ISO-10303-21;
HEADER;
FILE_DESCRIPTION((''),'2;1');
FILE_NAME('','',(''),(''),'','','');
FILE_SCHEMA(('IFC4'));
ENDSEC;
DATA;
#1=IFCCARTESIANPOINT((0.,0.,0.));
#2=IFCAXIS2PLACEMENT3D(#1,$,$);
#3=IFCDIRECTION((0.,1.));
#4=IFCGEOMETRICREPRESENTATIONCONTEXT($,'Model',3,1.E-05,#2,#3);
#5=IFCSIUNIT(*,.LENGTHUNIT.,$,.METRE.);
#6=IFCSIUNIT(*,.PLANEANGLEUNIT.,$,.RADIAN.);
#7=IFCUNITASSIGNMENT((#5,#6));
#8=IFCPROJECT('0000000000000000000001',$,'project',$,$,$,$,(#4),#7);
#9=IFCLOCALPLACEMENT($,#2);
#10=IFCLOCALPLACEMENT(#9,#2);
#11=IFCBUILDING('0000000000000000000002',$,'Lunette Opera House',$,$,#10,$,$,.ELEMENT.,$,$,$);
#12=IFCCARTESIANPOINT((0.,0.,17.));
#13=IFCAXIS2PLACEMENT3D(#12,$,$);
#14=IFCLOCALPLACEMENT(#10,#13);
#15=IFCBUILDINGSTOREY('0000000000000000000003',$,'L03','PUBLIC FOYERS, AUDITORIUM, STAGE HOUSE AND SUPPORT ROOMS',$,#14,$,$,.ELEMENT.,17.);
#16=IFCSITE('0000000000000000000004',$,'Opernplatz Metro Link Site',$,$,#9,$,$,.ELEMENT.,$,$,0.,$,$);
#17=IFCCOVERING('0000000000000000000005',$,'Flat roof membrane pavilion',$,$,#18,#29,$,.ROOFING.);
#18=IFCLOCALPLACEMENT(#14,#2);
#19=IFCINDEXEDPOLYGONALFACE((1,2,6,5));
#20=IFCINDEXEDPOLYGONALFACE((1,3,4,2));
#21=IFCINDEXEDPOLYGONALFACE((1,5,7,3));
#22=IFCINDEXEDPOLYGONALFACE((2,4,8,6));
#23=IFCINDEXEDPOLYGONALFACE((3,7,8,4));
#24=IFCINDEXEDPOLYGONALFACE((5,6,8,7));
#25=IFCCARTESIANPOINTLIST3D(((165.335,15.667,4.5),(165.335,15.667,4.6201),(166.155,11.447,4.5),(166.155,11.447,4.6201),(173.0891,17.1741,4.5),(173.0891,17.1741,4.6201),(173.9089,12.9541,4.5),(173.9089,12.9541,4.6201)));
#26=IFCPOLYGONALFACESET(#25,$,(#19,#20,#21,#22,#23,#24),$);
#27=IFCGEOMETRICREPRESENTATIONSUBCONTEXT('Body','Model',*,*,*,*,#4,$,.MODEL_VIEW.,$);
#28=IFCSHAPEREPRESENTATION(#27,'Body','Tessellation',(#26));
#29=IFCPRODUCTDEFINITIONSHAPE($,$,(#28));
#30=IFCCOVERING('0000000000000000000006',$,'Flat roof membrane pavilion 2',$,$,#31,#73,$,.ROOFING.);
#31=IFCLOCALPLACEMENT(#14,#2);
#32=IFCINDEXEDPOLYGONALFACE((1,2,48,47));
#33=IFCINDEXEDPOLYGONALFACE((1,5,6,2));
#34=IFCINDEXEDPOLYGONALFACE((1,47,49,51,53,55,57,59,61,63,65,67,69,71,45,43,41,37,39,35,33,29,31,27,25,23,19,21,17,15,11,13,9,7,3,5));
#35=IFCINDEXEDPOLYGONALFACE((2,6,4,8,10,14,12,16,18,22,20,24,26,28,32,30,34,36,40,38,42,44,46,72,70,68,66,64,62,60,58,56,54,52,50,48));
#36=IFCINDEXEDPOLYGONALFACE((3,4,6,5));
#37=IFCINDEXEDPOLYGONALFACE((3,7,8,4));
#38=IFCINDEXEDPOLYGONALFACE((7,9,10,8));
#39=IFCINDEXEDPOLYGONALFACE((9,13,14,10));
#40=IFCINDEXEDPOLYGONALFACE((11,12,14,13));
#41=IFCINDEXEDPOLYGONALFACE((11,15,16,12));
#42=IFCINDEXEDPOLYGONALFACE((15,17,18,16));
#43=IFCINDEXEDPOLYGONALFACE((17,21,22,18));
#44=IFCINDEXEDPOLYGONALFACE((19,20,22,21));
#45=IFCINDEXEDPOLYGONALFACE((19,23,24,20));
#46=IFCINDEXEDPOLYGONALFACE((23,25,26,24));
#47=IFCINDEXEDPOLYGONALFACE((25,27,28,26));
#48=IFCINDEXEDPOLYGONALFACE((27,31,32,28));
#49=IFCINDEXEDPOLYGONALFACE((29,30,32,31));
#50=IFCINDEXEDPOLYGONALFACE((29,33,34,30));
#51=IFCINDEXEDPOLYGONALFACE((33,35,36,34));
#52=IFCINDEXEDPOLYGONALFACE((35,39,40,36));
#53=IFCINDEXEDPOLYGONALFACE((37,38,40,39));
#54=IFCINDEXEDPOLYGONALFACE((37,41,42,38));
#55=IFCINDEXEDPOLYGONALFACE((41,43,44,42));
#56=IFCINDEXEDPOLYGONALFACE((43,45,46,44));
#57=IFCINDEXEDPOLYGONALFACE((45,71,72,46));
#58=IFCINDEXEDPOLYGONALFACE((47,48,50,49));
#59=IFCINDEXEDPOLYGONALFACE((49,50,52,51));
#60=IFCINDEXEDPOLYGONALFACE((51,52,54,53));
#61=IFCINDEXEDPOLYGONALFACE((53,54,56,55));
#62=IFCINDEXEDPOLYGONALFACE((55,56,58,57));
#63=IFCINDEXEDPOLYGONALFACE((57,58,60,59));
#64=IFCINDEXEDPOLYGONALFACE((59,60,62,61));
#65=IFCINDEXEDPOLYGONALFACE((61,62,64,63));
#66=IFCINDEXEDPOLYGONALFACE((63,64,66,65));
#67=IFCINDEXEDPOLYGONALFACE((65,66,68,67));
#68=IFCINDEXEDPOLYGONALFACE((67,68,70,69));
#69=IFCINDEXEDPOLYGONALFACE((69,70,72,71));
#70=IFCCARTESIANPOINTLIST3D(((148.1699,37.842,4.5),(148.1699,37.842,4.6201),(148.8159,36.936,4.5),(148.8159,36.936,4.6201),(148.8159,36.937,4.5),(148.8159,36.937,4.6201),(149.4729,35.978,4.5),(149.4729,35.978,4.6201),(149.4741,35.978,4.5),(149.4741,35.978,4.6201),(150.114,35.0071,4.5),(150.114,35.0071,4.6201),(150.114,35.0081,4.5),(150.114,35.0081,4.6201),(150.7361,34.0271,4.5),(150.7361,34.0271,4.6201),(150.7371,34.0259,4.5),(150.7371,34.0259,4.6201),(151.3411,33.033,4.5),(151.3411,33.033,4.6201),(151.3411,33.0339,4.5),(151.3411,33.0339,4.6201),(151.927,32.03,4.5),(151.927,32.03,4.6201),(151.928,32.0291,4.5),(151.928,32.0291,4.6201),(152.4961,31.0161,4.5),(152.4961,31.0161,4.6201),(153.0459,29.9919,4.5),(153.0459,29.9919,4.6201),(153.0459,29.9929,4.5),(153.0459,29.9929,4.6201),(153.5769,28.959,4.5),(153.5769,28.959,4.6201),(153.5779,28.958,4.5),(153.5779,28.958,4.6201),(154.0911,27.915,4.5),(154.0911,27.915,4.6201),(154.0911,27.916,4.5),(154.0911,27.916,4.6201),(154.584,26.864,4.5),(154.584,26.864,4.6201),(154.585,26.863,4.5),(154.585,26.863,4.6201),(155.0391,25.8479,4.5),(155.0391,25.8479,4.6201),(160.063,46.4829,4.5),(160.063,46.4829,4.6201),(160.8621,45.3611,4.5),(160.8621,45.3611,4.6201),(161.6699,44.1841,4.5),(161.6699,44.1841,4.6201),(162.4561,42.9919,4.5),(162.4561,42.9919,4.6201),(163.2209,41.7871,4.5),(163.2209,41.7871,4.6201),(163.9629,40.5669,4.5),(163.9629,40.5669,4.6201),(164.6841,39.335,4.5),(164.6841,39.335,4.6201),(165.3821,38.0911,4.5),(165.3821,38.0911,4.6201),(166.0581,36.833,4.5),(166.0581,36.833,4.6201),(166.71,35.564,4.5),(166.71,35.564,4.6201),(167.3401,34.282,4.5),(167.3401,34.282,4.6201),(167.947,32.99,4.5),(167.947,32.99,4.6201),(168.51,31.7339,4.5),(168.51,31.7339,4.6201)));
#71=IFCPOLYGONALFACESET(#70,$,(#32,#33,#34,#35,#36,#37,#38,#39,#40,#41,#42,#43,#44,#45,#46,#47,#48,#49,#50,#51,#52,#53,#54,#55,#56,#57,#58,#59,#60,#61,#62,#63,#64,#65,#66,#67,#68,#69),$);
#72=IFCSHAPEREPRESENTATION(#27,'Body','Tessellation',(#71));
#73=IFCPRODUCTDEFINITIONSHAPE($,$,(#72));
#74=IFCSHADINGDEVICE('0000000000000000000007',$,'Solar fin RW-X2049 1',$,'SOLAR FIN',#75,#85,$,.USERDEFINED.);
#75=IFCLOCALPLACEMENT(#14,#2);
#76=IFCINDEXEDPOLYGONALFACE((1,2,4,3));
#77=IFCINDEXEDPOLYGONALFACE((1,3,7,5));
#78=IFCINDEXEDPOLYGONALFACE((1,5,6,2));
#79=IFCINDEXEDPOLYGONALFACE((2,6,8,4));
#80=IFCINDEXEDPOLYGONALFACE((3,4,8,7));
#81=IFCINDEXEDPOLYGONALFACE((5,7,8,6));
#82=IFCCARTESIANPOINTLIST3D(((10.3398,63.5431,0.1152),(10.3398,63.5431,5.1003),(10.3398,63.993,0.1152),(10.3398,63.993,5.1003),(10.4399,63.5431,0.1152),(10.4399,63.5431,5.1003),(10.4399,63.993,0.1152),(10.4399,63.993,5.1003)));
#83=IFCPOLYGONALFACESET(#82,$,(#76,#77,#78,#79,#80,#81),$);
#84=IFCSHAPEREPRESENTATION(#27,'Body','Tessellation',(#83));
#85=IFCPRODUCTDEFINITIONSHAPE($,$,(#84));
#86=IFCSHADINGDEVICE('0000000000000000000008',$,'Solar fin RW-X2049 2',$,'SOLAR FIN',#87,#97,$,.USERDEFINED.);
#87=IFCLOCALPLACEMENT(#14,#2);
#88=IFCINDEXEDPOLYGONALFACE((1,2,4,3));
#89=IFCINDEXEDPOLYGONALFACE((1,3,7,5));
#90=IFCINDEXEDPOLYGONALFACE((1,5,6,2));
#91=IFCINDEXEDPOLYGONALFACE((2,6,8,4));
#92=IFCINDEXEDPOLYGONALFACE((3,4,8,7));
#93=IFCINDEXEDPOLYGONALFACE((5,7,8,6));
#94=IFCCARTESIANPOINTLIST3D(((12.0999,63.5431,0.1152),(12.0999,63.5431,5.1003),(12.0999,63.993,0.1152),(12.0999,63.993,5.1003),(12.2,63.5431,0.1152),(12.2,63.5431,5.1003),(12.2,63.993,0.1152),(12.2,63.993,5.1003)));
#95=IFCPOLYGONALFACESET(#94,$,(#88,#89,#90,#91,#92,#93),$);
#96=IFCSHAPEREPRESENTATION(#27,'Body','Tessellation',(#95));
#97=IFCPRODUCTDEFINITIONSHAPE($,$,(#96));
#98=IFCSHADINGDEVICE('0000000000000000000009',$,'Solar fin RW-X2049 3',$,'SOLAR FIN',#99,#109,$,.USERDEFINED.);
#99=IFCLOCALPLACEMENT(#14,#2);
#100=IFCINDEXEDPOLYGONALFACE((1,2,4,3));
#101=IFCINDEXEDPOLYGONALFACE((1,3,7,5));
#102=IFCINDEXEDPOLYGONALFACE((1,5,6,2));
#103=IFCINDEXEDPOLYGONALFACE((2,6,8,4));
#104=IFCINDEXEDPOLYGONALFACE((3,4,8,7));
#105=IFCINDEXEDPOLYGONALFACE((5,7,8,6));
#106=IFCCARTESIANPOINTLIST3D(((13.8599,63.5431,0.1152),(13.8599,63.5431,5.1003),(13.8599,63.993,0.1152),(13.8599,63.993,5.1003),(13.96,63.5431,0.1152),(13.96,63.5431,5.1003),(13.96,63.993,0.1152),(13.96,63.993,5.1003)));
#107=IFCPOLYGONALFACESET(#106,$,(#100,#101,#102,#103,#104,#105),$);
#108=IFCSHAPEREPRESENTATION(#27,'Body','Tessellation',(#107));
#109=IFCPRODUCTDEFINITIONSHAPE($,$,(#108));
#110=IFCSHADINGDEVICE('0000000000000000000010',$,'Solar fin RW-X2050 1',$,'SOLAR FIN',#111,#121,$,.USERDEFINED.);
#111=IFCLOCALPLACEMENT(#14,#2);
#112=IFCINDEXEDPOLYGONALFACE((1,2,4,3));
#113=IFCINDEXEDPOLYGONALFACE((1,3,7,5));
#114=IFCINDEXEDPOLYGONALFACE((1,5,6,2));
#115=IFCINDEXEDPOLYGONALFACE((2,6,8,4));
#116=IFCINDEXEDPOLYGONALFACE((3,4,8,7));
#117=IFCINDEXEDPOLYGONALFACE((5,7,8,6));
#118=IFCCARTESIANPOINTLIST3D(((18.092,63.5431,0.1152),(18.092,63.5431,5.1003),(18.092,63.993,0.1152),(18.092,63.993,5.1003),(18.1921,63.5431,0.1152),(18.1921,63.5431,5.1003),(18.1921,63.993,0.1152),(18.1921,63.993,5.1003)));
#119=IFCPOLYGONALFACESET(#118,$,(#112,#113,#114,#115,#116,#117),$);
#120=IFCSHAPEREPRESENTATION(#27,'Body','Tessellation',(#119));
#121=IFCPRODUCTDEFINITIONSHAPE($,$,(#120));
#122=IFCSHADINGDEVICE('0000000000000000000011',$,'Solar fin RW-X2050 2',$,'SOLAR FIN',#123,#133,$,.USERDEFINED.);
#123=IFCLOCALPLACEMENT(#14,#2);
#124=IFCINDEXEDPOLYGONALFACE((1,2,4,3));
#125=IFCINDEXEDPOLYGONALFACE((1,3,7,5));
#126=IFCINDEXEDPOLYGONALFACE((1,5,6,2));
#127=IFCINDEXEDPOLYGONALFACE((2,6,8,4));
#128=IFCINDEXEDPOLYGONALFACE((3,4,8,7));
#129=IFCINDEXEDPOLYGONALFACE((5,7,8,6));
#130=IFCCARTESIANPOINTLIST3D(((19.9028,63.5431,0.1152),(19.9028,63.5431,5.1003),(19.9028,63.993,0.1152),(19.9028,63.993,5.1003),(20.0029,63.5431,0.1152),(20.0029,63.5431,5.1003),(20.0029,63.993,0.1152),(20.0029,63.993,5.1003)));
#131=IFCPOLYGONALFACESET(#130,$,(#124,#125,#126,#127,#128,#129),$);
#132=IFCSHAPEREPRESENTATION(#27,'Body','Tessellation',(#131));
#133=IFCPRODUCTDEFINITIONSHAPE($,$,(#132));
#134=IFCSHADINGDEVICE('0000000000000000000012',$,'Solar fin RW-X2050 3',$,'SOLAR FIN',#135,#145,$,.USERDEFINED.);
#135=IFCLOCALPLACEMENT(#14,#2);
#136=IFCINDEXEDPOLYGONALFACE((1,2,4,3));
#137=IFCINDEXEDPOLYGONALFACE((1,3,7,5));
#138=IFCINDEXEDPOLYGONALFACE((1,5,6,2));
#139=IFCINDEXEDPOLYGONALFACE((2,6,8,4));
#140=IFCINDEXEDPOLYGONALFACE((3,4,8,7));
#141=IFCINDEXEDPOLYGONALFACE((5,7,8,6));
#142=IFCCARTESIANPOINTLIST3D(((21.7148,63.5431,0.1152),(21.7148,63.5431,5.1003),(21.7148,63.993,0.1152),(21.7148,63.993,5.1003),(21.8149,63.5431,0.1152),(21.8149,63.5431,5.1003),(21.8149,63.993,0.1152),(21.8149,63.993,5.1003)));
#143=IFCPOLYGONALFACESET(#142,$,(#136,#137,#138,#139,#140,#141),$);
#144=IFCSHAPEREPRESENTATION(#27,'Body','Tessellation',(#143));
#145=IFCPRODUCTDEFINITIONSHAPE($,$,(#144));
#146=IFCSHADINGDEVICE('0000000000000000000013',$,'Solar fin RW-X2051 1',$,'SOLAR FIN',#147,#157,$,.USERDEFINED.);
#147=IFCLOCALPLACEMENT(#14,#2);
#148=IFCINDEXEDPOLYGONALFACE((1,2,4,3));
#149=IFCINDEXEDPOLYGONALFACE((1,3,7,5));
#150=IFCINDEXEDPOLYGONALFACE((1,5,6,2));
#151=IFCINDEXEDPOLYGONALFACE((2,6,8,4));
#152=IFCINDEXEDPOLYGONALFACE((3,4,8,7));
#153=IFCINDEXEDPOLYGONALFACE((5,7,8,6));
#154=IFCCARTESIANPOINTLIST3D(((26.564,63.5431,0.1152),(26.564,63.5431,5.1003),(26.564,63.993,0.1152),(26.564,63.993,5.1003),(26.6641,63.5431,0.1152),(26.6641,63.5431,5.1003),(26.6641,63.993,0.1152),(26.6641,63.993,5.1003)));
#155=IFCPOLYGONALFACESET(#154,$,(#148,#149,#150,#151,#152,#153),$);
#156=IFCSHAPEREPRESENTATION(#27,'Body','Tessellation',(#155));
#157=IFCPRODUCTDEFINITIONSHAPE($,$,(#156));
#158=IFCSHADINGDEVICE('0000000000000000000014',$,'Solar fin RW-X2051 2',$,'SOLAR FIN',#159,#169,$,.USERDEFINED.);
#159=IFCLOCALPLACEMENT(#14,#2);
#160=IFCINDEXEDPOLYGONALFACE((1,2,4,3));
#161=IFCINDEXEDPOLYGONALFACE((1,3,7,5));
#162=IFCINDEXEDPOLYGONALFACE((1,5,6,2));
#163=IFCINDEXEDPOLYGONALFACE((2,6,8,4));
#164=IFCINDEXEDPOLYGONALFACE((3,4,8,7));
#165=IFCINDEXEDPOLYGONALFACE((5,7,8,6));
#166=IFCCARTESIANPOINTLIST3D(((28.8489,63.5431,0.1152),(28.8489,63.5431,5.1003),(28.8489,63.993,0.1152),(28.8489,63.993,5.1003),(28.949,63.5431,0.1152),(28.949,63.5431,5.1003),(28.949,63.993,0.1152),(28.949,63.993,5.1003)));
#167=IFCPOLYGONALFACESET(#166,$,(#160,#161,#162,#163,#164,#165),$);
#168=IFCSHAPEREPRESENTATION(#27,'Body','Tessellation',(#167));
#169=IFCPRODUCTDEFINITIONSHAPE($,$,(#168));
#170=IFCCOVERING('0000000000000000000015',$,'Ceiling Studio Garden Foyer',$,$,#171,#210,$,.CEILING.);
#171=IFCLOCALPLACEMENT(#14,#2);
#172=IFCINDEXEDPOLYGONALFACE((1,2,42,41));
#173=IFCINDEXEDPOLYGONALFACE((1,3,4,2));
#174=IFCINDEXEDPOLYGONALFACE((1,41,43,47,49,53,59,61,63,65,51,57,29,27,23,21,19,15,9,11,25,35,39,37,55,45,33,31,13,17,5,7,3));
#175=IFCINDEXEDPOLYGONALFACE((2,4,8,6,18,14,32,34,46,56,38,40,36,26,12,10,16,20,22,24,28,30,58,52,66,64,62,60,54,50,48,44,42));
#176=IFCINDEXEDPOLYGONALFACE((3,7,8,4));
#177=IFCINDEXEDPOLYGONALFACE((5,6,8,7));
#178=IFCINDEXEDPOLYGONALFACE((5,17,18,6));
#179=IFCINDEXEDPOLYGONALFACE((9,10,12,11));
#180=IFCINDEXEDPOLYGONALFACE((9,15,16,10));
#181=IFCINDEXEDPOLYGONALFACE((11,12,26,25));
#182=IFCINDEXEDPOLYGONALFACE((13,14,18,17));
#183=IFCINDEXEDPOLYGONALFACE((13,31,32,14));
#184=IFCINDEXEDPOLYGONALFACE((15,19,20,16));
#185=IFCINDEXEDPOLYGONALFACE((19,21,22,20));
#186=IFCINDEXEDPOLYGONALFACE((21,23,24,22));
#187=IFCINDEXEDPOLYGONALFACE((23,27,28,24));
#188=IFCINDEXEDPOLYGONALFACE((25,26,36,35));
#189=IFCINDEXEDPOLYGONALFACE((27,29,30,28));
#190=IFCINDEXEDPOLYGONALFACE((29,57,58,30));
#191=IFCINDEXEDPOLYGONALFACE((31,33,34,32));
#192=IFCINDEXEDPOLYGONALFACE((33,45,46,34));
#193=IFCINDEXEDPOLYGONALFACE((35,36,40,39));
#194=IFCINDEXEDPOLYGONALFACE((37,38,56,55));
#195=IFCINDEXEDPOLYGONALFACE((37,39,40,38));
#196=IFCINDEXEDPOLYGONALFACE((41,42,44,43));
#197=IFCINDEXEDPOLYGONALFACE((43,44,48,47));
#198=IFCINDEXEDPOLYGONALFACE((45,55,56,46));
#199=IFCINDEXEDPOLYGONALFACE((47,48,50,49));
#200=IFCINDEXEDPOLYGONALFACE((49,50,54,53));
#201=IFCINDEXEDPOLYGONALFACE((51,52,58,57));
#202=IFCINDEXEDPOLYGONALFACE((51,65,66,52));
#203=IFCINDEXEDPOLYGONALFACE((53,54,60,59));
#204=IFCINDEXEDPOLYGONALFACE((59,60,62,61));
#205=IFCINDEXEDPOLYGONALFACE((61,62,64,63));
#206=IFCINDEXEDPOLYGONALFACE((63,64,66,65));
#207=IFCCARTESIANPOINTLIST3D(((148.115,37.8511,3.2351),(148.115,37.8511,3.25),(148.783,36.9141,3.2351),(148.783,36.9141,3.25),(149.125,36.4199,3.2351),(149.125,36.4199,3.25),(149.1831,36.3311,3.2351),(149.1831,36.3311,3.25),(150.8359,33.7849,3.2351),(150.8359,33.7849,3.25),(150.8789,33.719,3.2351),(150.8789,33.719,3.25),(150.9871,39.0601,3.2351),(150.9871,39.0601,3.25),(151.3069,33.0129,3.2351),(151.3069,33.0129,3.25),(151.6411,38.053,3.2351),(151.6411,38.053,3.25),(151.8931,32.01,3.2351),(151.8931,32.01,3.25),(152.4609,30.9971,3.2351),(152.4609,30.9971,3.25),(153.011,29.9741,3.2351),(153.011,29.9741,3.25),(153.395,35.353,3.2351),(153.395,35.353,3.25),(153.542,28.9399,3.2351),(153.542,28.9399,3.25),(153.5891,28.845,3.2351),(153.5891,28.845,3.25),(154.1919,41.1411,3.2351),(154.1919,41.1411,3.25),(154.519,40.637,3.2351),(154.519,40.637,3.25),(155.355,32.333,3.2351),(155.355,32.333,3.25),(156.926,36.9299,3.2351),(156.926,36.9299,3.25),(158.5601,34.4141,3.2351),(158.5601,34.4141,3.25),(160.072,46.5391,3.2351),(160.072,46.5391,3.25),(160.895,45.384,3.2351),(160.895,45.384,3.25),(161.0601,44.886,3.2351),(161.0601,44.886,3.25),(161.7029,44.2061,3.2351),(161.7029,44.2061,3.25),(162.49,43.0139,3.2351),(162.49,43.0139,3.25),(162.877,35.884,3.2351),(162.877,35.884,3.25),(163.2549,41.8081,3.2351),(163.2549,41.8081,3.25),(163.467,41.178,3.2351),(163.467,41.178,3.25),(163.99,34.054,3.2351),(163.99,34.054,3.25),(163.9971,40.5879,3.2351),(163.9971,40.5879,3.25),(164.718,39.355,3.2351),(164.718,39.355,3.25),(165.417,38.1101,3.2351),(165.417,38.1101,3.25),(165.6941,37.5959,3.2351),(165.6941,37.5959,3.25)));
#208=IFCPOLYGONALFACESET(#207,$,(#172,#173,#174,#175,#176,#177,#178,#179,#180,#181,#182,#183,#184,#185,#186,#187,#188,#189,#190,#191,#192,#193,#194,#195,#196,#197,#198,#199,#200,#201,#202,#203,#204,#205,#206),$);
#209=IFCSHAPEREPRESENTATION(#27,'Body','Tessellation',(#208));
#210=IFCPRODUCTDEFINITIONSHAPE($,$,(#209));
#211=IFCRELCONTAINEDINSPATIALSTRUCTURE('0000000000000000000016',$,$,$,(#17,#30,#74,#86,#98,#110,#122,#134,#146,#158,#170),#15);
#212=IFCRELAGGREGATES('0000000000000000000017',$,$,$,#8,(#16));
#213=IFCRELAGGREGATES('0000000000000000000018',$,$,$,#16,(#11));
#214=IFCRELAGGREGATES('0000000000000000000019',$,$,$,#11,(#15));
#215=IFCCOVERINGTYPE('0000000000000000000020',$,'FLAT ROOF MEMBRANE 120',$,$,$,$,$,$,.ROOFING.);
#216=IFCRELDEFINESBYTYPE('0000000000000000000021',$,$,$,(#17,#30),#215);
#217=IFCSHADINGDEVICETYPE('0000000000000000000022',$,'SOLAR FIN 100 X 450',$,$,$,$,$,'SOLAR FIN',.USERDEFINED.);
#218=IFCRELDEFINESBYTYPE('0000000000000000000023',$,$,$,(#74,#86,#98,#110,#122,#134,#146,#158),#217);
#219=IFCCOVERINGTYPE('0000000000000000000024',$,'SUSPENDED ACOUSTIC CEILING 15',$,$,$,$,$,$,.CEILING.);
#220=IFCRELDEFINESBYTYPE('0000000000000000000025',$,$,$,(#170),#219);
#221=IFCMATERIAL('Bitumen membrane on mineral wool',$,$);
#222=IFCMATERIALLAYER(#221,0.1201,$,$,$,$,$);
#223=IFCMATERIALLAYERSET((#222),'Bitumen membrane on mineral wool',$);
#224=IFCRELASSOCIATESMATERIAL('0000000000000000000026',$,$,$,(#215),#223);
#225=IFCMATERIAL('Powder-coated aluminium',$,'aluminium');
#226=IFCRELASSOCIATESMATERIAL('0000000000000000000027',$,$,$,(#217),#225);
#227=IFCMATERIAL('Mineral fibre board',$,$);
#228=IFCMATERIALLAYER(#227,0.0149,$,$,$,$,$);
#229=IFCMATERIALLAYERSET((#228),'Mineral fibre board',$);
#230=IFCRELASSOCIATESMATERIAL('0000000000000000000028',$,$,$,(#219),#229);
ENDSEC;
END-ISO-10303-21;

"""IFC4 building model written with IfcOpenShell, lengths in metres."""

from ifc_helpers import new_model, si_unit, direction, frame, origin, origin_2d, place, context, subcontext, project, spatial, polyline, rectangle, outline, extrude, material, layer, layer_set, type_object, element, save


model = new_model("IFC4")

# Units and contexts
model_context = context("Model", 3, precision=1e-05, world=origin(), true_north=direction((0.0, 1.0)))
body_context = subcontext(model_context, "Body", "Model", "MODEL_VIEW")
ifc_project = project(units=[si_unit("LENGTHUNIT", "METRE"), si_unit("PLANEANGLEUNIT", "RADIAN")], contexts=[model_context])

# Site, building, storey
site_placement = place(None, origin())
site = spatial("IfcSite", under=ifc_project, at=site_placement, Name="Opernplatz Metro Link Site", CompositionType="ELEMENT", RefElevation=0.0)
building_placement = place(site_placement, origin())
building = spatial("IfcBuilding", under=site, at=building_placement, Name="Lunette Opera House", CompositionType="ELEMENT")
storey_placement = place(building_placement, frame((0.0, 0.0, 17.0)))
storey = spatial("IfcBuildingStorey", under=building, at=storey_placement, Name="L03", Description="PUBLIC FOYERS, AUDITORIUM, STAGE HOUSE AND SUPPORT ROOMS", CompositionType="ELEMENT", Elevation=17.0)

# Coverings
ifc_material_1 = material(Name="Bitumen membrane on mineral wool")
ifc_layer_1 = layer(ifc_material_1, 0.1201)
ifc_layer_set_1 = layer_set([ifc_layer_1], Name="Bitumen membrane on mineral wool")
covering_type_1 = type_object("IfcCoveringType", Name="FLAT ROOF MEMBRANE 120", PredefinedType="ROOFING", material=ifc_layer_set_1)
covering_1_placement = place(storey_placement, frame((0.0, 0.0, 4.5)))
element("IfcCovering", 1, at=covering_1_placement, inside=storey, type_object=covering_type_1, Name="Flat roof membrane pavilion", PredefinedType="ROOFING", context=body_context, shape_type="SweptSolid", body=[
    extrude(outline(polyline([(173.0891, 17.1741), (173.9089, 12.9541), (166.155, 11.447), (165.335, 15.667), (173.0891, 17.1741)])), origin(), (0.0, 0.0, 1.0), 0.1201),
])
covering_2_placement = place(storey_placement, frame((0.0, 0.0, 4.5)))
element("IfcCovering", 2, at=covering_2_placement, inside=storey, type_object=covering_type_1, Name="Flat roof membrane pavilion 2", PredefinedType="ROOFING", context=body_context, shape_type="SweptSolid", body=[
    extrude(outline(polyline([(160.8621, 45.3611), (161.6699, 44.1841), (162.4561, 42.9919), (163.2209, 41.7871), (163.9629, 40.5669), (164.6841, 39.335), (165.3821, 38.0911), (166.0581, 36.833), (166.71, 35.564), (167.3401, 34.282), (167.947, 32.99), (168.51, 31.7339), (155.0391, 25.8479), (154.585, 26.863), (154.584, 26.864), (154.0911, 27.915), (154.0911, 27.916), (153.5779, 28.958), (153.5769, 28.959), (153.0459, 29.9919), (153.0459, 29.9929), (152.4961, 31.0161), (152.4961, 31.0161), (151.928, 32.0291), (151.927, 32.03), (151.3411, 33.033), (151.3411, 33.0339), (150.7371, 34.0259), (150.7361, 34.0271), (150.114, 35.0071), (150.114, 35.0081), (149.4741, 35.978), (149.4729, 35.978), (148.8159, 36.936), (148.8159, 36.937), (148.1699, 37.842), (160.063, 46.4829), (160.8621, 45.3611)])), origin(), (0.0, 0.0, 1.0), 0.1201),
])

# Shading devices
ifc_material_2 = material(Name="Powder-coated aluminium", Category="aluminium")
shading_device_type = type_object("IfcShadingDeviceType", Name="SOLAR FIN 100 X 450", ElementType="SOLAR FIN", PredefinedType="USERDEFINED", material=ifc_material_2)
for number, where, z_axis, x_axis, name in (
    (3, (10.3899, 63.7681, 0.1152), (0.0, 0.0, 1.0), (0.0, -1.0, 0.0), "Solar fin RW-X2049 1"),
    (4, (12.1499, 63.7681, 0.1152), (0.0, 0.0, 1.0), (0.0, -1.0, 0.0), "Solar fin RW-X2049 2"),
    (5, (13.9099, 63.7681, 0.1152), (0.0, 0.0, 1.0), (0.0, -1.0, 0.0), "Solar fin RW-X2049 3"),
    (6, (18.1421, 63.7681, 0.1152), (0.0, 0.0, 1.0), (0.0, -1.0, 0.0), "Solar fin RW-X2050 1"),
    (7, (19.9529, 63.7681, 0.1152), (0.0, 0.0, 1.0), (0.0, -1.0, 0.0), "Solar fin RW-X2050 2"),
    (8, (21.7649, 63.7681, 0.1152), (0.0, 0.0, 1.0), (0.0, -1.0, 0.0), "Solar fin RW-X2050 3"),
    (9, (26.614, 63.7681, 0.1152), (0.0, 0.0, 1.0), (0.0, -1.0, 0.0), "Solar fin RW-X2051 1"),
    (10, (28.8989, 63.7681, 0.1152), (0.0, 0.0, 1.0), (0.0, -1.0, 0.0), "Solar fin RW-X2051 2"),
):
    element("IfcShadingDevice", number, at=place(storey_placement, frame(where, z_axis=z_axis, x_axis=x_axis)), inside=storey, type_object=shading_device_type, Name=name, ObjectType="SOLAR FIN", PredefinedType="USERDEFINED", context=body_context, shape_type="SweptSolid", body=[
        extrude(rectangle(XDim=0.45, YDim=0.1001, at=origin_2d()), origin(), (0.0, 0.0, 1.0), 4.9851),
    ])

# Covering
ifc_material_3 = material(Name="Mineral fibre board")
ifc_layer_2 = layer(ifc_material_3, 0.0149)
ifc_layer_set_2 = layer_set([ifc_layer_2], Name="Mineral fibre board")
covering_type_2 = type_object("IfcCoveringType", Name="SUSPENDED ACOUSTIC CEILING 15", PredefinedType="CEILING", material=ifc_layer_set_2)
covering_3_placement = place(storey_placement, frame((0.0, 0.0, 3.2351)))
element("IfcCovering", 11, at=covering_3_placement, inside=storey, type_object=covering_type_2, Name="Ceiling Studio Garden Foyer", PredefinedType="CEILING", context=body_context, shape_type="SweptSolid", body=[
    extrude(outline(polyline([(149.1831, 36.3311), (148.783, 36.9141), (148.115, 37.8511), (160.072, 46.5391), (160.895, 45.384), (161.7029, 44.2061), (162.49, 43.0139), (163.2549, 41.8081), (163.9971, 40.5879), (164.718, 39.355), (165.417, 38.1101), (165.6941, 37.5959), (162.877, 35.884), (163.99, 34.054), (153.5891, 28.845), (153.542, 28.9399), (153.011, 29.9741), (152.4609, 30.9971), (151.8931, 32.01), (151.3069, 33.0129), (150.8359, 33.7849), (150.8789, 33.719), (153.395, 35.353), (155.355, 32.333), (158.5601, 34.4141), (156.926, 36.9299), (163.467, 41.178), (161.0601, 44.886), (154.519, 40.637), (154.1919, 41.1411), (150.9871, 39.0601), (151.6411, 38.053), (149.125, 36.4199), (149.1831, 36.3311)])), origin(), (0.0, 0.0, 1.0), 0.0149),
])

save(model, "model.ifc")
